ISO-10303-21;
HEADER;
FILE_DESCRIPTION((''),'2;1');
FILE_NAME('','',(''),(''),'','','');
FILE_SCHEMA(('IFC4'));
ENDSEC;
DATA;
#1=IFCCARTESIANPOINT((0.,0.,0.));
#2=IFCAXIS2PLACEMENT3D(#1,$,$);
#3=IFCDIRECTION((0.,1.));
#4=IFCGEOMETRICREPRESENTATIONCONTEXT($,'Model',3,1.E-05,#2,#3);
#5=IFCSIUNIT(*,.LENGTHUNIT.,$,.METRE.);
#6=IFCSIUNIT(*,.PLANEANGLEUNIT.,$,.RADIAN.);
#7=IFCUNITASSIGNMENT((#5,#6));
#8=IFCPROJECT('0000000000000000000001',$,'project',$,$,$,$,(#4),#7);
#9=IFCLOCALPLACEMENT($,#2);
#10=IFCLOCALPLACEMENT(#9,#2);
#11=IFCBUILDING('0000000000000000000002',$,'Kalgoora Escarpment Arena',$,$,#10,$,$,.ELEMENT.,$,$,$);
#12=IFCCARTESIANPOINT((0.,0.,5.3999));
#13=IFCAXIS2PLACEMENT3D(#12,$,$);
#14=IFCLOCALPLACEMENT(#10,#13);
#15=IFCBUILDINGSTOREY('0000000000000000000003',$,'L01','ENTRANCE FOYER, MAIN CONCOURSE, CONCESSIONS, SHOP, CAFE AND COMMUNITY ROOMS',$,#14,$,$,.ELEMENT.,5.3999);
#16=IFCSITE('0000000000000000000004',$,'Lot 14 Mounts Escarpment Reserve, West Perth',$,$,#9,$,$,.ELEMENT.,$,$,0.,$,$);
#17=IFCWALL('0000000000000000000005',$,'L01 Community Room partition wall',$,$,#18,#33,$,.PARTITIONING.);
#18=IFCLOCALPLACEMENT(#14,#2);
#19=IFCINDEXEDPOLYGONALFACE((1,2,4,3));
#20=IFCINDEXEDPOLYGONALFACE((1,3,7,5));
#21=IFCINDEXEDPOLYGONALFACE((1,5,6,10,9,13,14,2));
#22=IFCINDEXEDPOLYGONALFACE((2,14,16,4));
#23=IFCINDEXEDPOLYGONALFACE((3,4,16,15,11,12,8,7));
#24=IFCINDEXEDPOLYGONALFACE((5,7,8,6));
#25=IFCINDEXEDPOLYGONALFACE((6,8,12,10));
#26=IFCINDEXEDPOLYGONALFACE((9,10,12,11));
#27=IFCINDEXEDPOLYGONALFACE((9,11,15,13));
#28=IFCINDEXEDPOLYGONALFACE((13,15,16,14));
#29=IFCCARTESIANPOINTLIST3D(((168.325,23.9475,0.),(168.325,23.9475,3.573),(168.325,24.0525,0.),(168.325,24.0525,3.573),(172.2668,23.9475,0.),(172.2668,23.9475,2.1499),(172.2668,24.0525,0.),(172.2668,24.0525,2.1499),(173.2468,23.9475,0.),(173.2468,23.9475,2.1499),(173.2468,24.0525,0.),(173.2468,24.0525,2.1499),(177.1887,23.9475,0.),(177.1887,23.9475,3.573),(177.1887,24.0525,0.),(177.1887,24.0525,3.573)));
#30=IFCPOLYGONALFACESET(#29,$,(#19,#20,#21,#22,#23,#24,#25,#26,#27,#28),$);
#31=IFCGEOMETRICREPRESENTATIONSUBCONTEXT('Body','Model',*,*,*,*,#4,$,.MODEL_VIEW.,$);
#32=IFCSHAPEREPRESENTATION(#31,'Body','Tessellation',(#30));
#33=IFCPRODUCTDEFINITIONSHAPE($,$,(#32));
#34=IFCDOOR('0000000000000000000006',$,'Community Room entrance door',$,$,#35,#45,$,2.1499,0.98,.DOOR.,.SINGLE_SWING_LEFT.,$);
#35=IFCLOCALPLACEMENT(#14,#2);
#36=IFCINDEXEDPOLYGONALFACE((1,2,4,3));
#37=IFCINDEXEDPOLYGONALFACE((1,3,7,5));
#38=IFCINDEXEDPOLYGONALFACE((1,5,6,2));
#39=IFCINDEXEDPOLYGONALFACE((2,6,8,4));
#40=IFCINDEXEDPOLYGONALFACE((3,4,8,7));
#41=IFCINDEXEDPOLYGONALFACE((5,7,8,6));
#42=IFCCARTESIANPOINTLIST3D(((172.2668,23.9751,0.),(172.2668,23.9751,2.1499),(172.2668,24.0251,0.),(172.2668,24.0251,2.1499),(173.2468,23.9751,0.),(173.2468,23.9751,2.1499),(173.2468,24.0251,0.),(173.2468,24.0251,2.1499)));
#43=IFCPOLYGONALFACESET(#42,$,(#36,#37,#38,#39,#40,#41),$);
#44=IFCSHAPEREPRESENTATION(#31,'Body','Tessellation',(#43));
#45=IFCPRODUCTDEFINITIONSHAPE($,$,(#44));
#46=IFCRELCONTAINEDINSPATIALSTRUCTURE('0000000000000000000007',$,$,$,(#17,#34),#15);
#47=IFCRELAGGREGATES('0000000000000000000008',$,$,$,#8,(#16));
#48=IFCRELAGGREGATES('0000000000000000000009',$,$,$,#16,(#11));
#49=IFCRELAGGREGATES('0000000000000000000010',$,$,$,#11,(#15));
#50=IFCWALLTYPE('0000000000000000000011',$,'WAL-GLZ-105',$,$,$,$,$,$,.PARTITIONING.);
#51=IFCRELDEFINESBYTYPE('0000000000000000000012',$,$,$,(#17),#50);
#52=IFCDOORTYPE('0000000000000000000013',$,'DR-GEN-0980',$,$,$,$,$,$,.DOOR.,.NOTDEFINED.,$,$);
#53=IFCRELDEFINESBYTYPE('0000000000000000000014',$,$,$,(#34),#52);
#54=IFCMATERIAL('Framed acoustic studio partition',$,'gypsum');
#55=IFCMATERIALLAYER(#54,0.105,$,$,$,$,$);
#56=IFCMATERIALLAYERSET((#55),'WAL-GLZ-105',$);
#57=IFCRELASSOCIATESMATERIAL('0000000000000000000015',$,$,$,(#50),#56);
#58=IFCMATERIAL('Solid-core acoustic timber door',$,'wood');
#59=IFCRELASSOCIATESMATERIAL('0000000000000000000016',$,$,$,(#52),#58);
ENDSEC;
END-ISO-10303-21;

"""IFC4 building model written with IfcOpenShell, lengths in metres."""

from ifc_helpers import new_model, si_unit, direction, frame, frame_2d, origin, place, context, subcontext, project, spatial, rectangle, extrude, material, layer, layer_set, type_object, element, fill, save


model = new_model("IFC4")

# Units and contexts
model_context = context("Model", 3, precision=1e-05, world=origin(), true_north=direction((0.0, 1.0)))
body_context = subcontext(model_context, "Body", "Model", "MODEL_VIEW")
ifc_project = project(units=[si_unit("LENGTHUNIT", "METRE"), si_unit("PLANEANGLEUNIT", "RADIAN")], contexts=[model_context])

# Site, building, storey
site_placement = place(None, origin())
site = spatial("IfcSite", under=ifc_project, at=site_placement, Name="Lot 14 Mounts Escarpment Reserve, West Perth", CompositionType="ELEMENT", RefElevation=0.0)
building_placement = place(site_placement, origin())
building = spatial("IfcBuilding", under=site, at=building_placement, Name="Kalgoora Escarpment Arena", CompositionType="ELEMENT")
storey_placement = place(building_placement, frame((0.0, 0.0, 5.3999)))
storey = spatial("IfcBuildingStorey", under=building, at=storey_placement, Name="L01", Description="ENTRANCE FOYER, MAIN CONCOURSE, CONCESSIONS, SHOP, CAFE AND COMMUNITY ROOMS", CompositionType="ELEMENT", Elevation=5.3999)

# Wall, opening, door
ifc_material_1 = material(Name="Framed acoustic studio partition", Category="gypsum")
ifc_layer_1 = layer(ifc_material_1, 0.105)
ifc_layer_set_1 = layer_set([ifc_layer_1], Name="WAL-GLZ-105")
wall_type = type_object("IfcWallType", Name="WAL-GLZ-105", PredefinedType="PARTITIONING", material=ifc_layer_set_1)
wall_placement = place(storey_placement, frame((177.1887, 24.0, 0.0), z_axis=(0.0, 0.0, 1.0), x_axis=(-1.0, 0.0, 0.0)))
wall = element("IfcWall", 1, at=wall_placement, inside=storey, type_object=wall_type, Name="L01 Community Room partition wall", PredefinedType="PARTITIONING", context=body_context, shape_type="SweptSolid", body=[
    extrude(rectangle(XDim=8.8638, YDim=0.105, at=frame_2d((4.4319, 0.0))), origin(), (0.0, 0.0, 1.0), 3.573),
])
opening_placement = place(wall_placement, frame((3.9419, 0.0, 0.0)))
opening = element("IfcOpeningElement", 2, at=opening_placement, cuts=wall, PredefinedType="OPENING", context=body_context, shape_type="SweptSolid", body=[
    extrude(rectangle(XDim=0.98, YDim=2.1499, at=frame_2d((0.49, 1.075))), frame((0.0, 0.0625, 0.0), z_axis=(0.0, -1.0, 0.0), x_axis=(1.0, 0.0, 0.0)), (0.0, 0.0, 1.0), 0.125),
])
ifc_material_2 = material(Name="Solid-core acoustic timber door", Category="wood")
door_type = type_object("IfcDoorType", Name="DR-GEN-0980", OperationType="NOTDEFINED", PredefinedType="DOOR", material=ifc_material_2)
door_placement = place(opening_placement, origin())
door = element("IfcDoor", 3, at=door_placement, inside=storey, type_object=door_type, Name="Community Room entrance door", OperationType="SINGLE_SWING_LEFT", OverallHeight=2.1499, OverallWidth=0.98, PredefinedType="DOOR", context=body_context, shape_type="SweptSolid", body=[
    extrude(rectangle(XDim=0.98, YDim=2.1499, at=frame_2d((0.49, 1.075))), frame((0.0, 0.0249, 0.0), z_axis=(0.0, -1.0, 0.0), x_axis=(1.0, 0.0, 0.0)), (0.0, 0.0, 1.0), 0.05),
])
fill(opening, door)

save(model, "model.ifc")
